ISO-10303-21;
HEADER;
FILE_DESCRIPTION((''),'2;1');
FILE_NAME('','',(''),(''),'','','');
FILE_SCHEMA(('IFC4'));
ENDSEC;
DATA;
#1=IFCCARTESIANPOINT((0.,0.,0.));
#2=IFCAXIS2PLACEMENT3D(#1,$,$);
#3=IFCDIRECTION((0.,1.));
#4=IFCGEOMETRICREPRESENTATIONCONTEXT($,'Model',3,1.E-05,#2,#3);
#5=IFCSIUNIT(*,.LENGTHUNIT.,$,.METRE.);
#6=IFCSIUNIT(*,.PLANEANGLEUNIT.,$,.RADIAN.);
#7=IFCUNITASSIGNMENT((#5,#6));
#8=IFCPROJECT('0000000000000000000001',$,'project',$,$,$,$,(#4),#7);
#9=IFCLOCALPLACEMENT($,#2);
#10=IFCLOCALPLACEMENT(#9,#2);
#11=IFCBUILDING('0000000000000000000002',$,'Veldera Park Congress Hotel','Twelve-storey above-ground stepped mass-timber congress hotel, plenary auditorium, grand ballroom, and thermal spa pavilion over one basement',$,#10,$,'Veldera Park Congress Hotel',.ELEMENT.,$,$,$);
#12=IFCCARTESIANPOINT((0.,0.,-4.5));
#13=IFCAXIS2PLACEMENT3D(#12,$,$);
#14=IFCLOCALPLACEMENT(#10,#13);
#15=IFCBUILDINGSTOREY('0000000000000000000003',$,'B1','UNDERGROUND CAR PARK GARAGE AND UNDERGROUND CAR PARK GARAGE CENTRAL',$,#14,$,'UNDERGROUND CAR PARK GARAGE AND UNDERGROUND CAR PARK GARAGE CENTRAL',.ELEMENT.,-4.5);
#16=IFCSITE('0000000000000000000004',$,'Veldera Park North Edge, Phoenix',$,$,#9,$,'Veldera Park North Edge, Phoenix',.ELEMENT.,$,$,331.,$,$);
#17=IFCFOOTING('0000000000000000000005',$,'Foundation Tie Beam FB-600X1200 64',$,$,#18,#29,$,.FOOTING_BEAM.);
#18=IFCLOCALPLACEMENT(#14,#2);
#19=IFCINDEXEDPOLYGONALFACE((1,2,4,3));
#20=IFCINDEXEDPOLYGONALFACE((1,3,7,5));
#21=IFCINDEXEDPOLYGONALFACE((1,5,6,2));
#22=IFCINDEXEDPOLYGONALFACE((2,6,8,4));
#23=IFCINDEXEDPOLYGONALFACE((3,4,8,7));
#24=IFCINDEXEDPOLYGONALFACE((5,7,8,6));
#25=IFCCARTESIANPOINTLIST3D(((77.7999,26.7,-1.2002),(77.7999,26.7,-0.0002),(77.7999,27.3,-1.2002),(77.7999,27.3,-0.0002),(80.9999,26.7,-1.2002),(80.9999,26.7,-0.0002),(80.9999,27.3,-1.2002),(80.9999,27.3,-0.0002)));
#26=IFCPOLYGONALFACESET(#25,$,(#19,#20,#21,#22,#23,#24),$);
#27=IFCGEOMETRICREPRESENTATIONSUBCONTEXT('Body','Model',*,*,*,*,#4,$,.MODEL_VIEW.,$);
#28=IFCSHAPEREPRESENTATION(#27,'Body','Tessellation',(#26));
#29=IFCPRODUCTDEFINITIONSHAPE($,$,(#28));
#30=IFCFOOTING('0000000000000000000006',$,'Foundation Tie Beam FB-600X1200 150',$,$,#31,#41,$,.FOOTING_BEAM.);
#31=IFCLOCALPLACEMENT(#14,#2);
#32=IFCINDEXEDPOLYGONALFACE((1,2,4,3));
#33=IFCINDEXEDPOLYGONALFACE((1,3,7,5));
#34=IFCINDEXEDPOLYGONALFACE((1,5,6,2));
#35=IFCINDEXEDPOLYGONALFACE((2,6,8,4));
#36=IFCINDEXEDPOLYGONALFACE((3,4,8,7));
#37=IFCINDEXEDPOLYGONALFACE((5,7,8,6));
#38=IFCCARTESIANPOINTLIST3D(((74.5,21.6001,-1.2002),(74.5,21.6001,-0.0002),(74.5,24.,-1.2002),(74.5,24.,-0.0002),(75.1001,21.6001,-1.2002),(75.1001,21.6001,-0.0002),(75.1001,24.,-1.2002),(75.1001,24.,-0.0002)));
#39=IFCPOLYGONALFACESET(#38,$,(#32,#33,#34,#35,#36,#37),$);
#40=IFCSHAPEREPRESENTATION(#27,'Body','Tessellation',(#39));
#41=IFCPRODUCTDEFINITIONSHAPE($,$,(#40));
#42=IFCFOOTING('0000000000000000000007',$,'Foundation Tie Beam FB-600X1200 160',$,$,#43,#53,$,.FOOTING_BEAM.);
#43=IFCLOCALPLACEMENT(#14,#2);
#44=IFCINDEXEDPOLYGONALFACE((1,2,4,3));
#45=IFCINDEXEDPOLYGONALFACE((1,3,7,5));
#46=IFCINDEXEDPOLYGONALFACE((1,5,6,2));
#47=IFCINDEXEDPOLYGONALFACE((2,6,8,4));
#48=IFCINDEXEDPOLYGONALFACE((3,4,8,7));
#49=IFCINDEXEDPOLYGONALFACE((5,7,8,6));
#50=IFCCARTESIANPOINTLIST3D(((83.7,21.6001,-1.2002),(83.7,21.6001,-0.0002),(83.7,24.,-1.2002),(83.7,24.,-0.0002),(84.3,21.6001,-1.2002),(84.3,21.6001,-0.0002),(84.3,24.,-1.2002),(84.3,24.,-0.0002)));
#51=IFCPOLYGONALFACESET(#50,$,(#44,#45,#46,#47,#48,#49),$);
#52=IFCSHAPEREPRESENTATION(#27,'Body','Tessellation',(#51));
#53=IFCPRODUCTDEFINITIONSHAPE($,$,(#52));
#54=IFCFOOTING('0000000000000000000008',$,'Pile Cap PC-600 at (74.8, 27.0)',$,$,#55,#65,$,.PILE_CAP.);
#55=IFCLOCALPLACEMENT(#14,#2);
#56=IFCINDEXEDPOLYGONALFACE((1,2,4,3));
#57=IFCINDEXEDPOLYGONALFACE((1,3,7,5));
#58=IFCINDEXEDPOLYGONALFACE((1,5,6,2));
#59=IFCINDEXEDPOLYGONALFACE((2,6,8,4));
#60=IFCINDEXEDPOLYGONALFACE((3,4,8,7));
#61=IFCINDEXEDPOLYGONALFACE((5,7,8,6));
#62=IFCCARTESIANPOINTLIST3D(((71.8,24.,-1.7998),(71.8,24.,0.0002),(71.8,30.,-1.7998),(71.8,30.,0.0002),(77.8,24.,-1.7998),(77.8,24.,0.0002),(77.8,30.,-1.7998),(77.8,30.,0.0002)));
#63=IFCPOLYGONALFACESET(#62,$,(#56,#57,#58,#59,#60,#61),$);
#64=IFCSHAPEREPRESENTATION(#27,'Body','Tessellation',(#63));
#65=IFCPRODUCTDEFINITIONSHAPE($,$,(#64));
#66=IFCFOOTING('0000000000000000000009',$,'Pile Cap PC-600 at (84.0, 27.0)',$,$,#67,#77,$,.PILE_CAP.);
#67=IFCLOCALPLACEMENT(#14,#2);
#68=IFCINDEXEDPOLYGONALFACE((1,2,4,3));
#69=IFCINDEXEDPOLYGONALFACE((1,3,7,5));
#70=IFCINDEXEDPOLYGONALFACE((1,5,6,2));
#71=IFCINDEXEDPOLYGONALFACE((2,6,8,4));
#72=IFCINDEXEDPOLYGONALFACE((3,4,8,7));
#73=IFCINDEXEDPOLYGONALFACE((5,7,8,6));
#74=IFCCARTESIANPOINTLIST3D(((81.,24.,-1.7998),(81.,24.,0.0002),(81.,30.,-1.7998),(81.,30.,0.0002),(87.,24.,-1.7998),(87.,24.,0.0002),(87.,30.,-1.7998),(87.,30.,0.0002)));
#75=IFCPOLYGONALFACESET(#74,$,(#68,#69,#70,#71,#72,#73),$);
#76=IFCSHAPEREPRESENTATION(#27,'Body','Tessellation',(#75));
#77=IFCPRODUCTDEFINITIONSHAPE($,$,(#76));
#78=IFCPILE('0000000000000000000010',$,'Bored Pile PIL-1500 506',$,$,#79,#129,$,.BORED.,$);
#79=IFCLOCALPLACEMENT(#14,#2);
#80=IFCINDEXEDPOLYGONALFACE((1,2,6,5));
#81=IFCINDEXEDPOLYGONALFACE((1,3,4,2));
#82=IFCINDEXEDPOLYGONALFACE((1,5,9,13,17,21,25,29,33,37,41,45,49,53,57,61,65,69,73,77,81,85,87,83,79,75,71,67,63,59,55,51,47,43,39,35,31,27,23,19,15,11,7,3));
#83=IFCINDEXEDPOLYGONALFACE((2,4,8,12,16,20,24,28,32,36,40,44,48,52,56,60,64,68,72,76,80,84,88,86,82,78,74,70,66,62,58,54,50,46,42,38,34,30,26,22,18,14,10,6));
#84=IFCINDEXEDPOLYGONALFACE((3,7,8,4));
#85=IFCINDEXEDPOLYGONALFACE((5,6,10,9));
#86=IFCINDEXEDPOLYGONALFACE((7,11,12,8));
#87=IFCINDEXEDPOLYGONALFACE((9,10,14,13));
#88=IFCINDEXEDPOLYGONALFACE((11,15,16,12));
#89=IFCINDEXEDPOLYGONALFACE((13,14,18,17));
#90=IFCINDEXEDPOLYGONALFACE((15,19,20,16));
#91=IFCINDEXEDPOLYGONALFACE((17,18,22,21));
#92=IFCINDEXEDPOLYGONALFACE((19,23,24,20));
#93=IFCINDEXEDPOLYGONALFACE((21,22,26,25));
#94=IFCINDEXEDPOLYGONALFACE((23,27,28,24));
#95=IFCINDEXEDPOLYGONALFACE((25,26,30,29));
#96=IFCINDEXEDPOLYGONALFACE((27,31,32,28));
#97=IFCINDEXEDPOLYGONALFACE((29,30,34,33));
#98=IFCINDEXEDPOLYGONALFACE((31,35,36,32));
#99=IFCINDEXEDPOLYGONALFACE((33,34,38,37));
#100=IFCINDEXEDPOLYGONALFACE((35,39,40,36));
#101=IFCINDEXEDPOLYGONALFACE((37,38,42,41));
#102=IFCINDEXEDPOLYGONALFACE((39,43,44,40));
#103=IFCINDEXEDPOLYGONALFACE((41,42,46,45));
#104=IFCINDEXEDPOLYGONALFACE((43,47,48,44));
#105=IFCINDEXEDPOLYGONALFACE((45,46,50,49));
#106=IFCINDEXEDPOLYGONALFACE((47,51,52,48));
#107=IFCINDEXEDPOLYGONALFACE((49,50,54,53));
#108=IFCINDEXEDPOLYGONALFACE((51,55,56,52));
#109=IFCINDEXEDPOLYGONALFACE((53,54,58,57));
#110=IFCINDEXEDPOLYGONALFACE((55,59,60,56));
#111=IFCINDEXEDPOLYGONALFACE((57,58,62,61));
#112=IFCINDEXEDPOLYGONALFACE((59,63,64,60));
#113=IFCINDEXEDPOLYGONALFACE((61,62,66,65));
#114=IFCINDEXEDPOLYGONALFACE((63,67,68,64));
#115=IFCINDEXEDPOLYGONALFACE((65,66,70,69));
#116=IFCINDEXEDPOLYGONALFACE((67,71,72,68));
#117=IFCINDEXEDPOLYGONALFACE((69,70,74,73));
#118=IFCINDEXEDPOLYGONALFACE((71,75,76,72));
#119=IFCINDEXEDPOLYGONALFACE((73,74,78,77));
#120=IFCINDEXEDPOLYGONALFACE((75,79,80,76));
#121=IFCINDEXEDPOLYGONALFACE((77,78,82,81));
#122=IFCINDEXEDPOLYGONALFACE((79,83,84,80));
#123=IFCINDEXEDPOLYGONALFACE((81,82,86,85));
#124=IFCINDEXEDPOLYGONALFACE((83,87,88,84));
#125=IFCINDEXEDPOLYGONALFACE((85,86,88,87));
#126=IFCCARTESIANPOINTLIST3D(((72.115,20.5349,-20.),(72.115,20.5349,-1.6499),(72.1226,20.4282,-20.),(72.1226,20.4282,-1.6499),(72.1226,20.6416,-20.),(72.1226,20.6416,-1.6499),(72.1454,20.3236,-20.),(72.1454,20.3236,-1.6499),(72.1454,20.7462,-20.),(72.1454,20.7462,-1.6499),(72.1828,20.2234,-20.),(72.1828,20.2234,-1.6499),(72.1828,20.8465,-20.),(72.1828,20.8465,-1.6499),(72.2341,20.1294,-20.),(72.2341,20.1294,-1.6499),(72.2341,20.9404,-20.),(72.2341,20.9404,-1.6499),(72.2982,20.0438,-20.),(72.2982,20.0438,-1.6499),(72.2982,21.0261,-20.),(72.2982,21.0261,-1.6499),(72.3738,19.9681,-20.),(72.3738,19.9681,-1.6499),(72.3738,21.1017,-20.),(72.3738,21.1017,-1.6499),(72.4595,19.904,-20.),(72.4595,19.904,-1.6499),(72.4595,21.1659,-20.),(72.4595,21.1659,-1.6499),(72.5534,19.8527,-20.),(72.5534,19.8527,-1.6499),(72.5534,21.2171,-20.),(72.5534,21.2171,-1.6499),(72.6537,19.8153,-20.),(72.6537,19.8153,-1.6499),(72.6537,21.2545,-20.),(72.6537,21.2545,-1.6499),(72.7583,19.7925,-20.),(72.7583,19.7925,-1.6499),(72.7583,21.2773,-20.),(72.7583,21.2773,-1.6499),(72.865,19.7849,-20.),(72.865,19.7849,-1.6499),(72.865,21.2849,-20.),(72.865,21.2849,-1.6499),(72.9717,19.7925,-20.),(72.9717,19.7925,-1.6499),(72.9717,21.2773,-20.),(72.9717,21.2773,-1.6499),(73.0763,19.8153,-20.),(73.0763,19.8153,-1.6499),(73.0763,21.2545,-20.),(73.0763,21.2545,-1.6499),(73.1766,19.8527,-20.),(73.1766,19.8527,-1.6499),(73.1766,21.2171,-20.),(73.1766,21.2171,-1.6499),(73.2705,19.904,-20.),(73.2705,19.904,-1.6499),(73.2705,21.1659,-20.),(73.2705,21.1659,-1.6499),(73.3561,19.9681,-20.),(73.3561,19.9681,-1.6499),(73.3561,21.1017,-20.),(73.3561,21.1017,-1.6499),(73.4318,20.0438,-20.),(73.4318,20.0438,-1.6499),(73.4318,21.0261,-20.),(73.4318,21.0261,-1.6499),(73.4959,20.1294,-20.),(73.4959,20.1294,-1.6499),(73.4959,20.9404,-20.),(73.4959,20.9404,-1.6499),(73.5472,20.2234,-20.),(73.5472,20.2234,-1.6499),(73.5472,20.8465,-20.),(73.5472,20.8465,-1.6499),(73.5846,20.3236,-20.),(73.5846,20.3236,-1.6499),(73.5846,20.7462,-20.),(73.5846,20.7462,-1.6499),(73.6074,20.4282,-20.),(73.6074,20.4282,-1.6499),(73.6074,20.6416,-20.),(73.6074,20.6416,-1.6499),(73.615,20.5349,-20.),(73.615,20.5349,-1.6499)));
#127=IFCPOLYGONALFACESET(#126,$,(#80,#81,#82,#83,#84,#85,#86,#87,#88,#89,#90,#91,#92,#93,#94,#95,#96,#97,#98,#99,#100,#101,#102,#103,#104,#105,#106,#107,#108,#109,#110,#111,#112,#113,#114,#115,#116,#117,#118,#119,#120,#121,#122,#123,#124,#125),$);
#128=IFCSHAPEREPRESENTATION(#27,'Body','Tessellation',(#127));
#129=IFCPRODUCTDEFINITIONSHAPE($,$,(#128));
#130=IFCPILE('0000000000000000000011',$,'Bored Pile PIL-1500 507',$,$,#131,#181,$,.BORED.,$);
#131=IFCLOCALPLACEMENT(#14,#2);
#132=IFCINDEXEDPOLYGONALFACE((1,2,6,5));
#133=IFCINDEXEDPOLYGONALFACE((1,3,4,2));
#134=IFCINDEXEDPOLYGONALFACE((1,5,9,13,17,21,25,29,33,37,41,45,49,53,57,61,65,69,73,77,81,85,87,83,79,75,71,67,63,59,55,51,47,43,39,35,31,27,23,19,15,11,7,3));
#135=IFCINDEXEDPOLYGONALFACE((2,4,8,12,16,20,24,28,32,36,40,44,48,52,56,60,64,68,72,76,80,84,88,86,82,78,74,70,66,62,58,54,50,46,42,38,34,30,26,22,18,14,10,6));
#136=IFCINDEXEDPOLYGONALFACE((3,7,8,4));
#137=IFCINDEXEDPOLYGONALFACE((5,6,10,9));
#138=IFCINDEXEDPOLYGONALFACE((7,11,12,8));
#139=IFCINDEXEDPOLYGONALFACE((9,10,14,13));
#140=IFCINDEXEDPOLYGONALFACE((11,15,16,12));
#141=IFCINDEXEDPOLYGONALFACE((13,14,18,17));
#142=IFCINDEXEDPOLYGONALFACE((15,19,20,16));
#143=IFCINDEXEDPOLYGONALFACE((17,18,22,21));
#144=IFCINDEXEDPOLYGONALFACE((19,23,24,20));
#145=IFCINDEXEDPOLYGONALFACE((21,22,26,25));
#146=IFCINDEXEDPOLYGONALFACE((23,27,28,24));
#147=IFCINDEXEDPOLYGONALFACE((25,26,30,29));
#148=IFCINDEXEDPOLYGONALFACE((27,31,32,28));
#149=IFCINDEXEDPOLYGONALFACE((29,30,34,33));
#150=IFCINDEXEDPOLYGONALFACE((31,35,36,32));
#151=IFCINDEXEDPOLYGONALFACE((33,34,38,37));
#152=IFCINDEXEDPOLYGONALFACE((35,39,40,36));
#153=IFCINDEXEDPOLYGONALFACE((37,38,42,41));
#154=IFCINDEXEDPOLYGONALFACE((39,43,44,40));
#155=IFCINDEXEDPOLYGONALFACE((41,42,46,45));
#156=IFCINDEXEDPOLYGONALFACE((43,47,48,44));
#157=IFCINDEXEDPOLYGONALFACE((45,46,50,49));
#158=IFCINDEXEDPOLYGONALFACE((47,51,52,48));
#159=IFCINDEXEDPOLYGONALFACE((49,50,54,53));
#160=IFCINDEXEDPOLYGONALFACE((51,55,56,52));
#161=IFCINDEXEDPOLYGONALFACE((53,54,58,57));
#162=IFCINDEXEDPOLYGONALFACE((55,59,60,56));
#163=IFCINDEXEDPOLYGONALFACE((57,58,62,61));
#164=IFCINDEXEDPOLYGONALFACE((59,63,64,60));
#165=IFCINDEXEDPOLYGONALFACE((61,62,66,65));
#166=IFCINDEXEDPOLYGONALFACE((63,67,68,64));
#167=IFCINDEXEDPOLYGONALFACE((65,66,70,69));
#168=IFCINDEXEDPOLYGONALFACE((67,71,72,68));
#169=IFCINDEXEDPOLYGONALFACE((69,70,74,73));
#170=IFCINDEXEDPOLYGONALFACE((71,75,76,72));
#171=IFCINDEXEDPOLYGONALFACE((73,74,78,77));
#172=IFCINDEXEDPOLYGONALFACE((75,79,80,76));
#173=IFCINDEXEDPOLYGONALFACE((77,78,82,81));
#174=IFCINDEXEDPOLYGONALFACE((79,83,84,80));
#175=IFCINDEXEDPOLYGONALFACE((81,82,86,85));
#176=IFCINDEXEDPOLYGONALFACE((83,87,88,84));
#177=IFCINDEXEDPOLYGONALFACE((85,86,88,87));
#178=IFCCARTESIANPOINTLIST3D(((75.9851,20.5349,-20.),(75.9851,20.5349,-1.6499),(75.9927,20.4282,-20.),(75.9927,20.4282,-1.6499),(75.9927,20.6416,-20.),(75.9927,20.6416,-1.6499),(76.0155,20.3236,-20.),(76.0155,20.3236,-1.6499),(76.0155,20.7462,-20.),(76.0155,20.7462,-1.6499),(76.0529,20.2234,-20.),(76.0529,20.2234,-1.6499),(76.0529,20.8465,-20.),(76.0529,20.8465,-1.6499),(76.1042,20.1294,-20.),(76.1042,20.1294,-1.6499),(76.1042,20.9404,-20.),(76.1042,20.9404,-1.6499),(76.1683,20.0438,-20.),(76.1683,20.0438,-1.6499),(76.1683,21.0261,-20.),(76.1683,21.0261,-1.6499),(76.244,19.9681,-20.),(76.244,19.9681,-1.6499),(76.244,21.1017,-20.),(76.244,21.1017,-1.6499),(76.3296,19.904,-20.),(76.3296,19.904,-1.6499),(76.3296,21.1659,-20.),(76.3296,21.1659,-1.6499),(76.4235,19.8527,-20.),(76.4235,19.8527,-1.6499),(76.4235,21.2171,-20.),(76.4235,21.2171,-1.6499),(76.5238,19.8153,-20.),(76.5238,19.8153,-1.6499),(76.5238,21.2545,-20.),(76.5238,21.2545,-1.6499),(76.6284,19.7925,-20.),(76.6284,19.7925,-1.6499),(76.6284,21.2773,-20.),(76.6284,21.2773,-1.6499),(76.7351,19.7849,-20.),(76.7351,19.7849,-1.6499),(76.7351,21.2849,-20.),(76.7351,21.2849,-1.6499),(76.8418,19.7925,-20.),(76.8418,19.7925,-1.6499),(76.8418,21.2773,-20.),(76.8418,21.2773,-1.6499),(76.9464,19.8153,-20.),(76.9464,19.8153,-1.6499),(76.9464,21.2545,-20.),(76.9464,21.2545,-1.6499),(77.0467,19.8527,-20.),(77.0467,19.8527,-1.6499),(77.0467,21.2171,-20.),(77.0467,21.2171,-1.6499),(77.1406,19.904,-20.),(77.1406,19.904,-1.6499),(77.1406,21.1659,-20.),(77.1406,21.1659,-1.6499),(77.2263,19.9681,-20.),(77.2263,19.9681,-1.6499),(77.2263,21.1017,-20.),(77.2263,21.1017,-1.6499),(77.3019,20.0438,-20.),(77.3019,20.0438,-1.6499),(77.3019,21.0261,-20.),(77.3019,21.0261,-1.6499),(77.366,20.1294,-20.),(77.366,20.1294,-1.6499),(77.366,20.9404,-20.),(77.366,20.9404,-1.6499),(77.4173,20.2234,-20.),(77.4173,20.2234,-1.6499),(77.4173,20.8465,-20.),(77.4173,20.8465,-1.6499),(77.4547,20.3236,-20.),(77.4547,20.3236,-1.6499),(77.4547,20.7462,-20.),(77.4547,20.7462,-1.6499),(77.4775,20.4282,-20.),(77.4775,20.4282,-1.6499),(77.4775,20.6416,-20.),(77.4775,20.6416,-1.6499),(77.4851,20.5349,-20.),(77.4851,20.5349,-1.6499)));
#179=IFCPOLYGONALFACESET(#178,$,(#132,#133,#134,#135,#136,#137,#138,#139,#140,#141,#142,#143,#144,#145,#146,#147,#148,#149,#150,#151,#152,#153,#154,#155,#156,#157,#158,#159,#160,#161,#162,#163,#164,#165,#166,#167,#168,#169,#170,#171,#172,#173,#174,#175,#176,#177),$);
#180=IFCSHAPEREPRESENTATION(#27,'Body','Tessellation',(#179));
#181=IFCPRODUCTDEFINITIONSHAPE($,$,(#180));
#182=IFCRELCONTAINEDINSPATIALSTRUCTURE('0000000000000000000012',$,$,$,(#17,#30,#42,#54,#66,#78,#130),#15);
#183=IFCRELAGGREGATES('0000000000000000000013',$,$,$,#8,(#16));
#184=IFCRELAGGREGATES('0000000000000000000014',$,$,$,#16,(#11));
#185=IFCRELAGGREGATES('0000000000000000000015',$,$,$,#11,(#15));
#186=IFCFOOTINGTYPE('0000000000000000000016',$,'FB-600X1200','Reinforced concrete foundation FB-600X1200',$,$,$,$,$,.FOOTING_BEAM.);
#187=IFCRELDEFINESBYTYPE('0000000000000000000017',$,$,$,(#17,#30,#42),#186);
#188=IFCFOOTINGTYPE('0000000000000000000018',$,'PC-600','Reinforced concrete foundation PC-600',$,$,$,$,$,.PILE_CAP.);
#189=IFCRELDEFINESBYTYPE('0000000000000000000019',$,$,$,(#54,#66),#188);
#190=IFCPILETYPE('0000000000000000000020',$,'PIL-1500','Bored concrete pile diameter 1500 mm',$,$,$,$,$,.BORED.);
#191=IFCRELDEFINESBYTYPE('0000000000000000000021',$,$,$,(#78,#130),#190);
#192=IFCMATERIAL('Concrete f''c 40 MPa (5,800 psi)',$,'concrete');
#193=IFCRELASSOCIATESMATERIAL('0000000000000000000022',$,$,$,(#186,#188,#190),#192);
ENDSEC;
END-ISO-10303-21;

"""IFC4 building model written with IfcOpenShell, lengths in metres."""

from ifc_helpers import new_model, si_unit, direction, frame, origin, origin_2d, place, context, subcontext, project, spatial, rectangle, circle, extrude, material, material_profile, profile_set, type_object, element, save


model = new_model("IFC4")

# Units and contexts
model_context = context("Model", 3, precision=1e-05, world=origin(), true_north=direction((0.0, 1.0)))
body_context = subcontext(model_context, "Body", "Model", "MODEL_VIEW")
ifc_project = project(units=[si_unit("LENGTHUNIT", "METRE"), si_unit("PLANEANGLEUNIT", "RADIAN")], contexts=[model_context])

# Site, building, storey
site_placement = place(None, origin())
site = spatial("IfcSite", under=ifc_project, at=site_placement, Name="Veldera Park North Edge, Phoenix", LongName="Veldera Park North Edge, Phoenix", CompositionType="ELEMENT", RefElevation=331.0)
building_placement = place(site_placement, origin())
building = spatial("IfcBuilding", under=site, at=building_placement, Name="Veldera Park Congress Hotel", Description="Twelve-storey above-ground stepped mass-timber congress hotel, plenary auditorium, grand ballroom, and thermal spa pavilion over one basement", LongName="Veldera Park Congress Hotel", CompositionType="ELEMENT")
storey_placement = place(building_placement, frame((0.0, 0.0, -4.5)))
storey = spatial("IfcBuildingStorey", under=building, at=storey_placement, Name="B1", Description="UNDERGROUND CAR PARK GARAGE AND UNDERGROUND CAR PARK GARAGE CENTRAL", LongName="UNDERGROUND CAR PARK GARAGE AND UNDERGROUND CAR PARK GARAGE CENTRAL", CompositionType="ELEMENT", Elevation=-4.5)

# Footings
ifc_material_1 = material(Name="Concrete f'c 40 MPa (5,800 psi)", Category="concrete")
footing_type_1 = type_object("IfcFootingType", Name="FB-600X1200", Description="Reinforced concrete foundation FB-600X1200", PredefinedType="FOOTING_BEAM", material=ifc_material_1)
footing_placement = place(storey_placement, frame((79.3999, 27.0, -1.2002), z_axis=(0.0, 0.0, 1.0), x_axis=(1.0, 0.0, 0.0)))
element("IfcFooting", 1, at=footing_placement, inside=storey, type_object=footing_type_1, Name="Foundation Tie Beam FB-600X1200 64", PredefinedType="FOOTING_BEAM", context=body_context, shape_type="SweptSolid", body=[
    extrude(rectangle(XDim=3.2, YDim=0.6001, at=origin_2d()), origin(), (0.0, 0.0, 1.0), 1.2),
])
for number, where, z_axis, x_axis, name in (
    (2, (74.8, 22.8, -1.2002), (0.0, 0.0, 1.0), (0.0, 1.0, 0.0), "Foundation Tie Beam FB-600X1200 150"),
    (3, (84.0, 22.8, -1.2002), (0.0, 0.0, 1.0), (0.0, 1.0, 0.0), "Foundation Tie Beam FB-600X1200 160"),
):
    element("IfcFooting", number, at=place(storey_placement, frame(where, z_axis=z_axis, x_axis=x_axis)), inside=storey, type_object=footing_type_1, Name=name, PredefinedType="FOOTING_BEAM", context=body_context, shape_type="SweptSolid", body=[
        extrude(rectangle(XDim=2.3999, YDim=0.6001, at=origin_2d()), origin(), (0.0, 0.0, 1.0), 1.2),
    ])
footing_type_2 = type_object("IfcFootingType", Name="PC-600", Description="Reinforced concrete foundation PC-600", PredefinedType="PILE_CAP", material=ifc_material_1)
for number, where, z_axis, x_axis, name in (
    (4, (74.8, 27.0, -1.7998), (0.0, 0.0, 1.0), (1.0, 0.0, 0.0), "Pile Cap PC-600 at (74.8, 27.0)"),
    (5, (84.0, 27.0, -1.7998), (0.0, 0.0, 1.0), (1.0, 0.0, 0.0), "Pile Cap PC-600 at (84.0, 27.0)"),
):
    element("IfcFooting", number, at=place(storey_placement, frame(where, z_axis=z_axis, x_axis=x_axis)), inside=storey, type_object=footing_type_2, Name=name, PredefinedType="PILE_CAP", context=body_context, shape_type="SweptSolid", body=[
        extrude(rectangle(XDim=6.0, YDim=6.0, at=origin_2d()), origin(), (0.0, 0.0, 1.0), 1.8),
    ])

# Piles
ifc_material_profile_1 = material_profile(ifc_material_1, circle(Radius=0.75, at=origin_2d()), Name="PILE D1500")
ifc_profile_set_1 = profile_set([ifc_material_profile_1], Name="Concrete f'c 40 MPa (5,800 psi)")
pile_type = type_object("IfcPileType", Name="PIL-1500", Description="Bored concrete pile diameter 1500 mm", PredefinedType="BORED", material=ifc_profile_set_1)
for number, where, z_axis, x_axis, name in (
    (6, (72.865, 20.5349, -1.6499), (0.0, 0.0, -1.0), (1.0, 0.0, 0.0), "Bored Pile PIL-1500 506"),
    (7, (76.7351, 20.5349, -1.6499), (0.0, 0.0, -1.0), (1.0, 0.0, 0.0), "Bored Pile PIL-1500 507"),
):
    element("IfcPile", number, at=place(storey_placement, frame(where, z_axis=z_axis, x_axis=x_axis)), inside=storey, type_object=pile_type, Name=name, PredefinedType="BORED", context=body_context, shape_type="SweptSolid", body=[
        extrude(circle(Radius=0.75, at=origin_2d()), origin(), (0.0, 0.0, 1.0), 18.3501),
    ])

save(model, "model.ifc")
